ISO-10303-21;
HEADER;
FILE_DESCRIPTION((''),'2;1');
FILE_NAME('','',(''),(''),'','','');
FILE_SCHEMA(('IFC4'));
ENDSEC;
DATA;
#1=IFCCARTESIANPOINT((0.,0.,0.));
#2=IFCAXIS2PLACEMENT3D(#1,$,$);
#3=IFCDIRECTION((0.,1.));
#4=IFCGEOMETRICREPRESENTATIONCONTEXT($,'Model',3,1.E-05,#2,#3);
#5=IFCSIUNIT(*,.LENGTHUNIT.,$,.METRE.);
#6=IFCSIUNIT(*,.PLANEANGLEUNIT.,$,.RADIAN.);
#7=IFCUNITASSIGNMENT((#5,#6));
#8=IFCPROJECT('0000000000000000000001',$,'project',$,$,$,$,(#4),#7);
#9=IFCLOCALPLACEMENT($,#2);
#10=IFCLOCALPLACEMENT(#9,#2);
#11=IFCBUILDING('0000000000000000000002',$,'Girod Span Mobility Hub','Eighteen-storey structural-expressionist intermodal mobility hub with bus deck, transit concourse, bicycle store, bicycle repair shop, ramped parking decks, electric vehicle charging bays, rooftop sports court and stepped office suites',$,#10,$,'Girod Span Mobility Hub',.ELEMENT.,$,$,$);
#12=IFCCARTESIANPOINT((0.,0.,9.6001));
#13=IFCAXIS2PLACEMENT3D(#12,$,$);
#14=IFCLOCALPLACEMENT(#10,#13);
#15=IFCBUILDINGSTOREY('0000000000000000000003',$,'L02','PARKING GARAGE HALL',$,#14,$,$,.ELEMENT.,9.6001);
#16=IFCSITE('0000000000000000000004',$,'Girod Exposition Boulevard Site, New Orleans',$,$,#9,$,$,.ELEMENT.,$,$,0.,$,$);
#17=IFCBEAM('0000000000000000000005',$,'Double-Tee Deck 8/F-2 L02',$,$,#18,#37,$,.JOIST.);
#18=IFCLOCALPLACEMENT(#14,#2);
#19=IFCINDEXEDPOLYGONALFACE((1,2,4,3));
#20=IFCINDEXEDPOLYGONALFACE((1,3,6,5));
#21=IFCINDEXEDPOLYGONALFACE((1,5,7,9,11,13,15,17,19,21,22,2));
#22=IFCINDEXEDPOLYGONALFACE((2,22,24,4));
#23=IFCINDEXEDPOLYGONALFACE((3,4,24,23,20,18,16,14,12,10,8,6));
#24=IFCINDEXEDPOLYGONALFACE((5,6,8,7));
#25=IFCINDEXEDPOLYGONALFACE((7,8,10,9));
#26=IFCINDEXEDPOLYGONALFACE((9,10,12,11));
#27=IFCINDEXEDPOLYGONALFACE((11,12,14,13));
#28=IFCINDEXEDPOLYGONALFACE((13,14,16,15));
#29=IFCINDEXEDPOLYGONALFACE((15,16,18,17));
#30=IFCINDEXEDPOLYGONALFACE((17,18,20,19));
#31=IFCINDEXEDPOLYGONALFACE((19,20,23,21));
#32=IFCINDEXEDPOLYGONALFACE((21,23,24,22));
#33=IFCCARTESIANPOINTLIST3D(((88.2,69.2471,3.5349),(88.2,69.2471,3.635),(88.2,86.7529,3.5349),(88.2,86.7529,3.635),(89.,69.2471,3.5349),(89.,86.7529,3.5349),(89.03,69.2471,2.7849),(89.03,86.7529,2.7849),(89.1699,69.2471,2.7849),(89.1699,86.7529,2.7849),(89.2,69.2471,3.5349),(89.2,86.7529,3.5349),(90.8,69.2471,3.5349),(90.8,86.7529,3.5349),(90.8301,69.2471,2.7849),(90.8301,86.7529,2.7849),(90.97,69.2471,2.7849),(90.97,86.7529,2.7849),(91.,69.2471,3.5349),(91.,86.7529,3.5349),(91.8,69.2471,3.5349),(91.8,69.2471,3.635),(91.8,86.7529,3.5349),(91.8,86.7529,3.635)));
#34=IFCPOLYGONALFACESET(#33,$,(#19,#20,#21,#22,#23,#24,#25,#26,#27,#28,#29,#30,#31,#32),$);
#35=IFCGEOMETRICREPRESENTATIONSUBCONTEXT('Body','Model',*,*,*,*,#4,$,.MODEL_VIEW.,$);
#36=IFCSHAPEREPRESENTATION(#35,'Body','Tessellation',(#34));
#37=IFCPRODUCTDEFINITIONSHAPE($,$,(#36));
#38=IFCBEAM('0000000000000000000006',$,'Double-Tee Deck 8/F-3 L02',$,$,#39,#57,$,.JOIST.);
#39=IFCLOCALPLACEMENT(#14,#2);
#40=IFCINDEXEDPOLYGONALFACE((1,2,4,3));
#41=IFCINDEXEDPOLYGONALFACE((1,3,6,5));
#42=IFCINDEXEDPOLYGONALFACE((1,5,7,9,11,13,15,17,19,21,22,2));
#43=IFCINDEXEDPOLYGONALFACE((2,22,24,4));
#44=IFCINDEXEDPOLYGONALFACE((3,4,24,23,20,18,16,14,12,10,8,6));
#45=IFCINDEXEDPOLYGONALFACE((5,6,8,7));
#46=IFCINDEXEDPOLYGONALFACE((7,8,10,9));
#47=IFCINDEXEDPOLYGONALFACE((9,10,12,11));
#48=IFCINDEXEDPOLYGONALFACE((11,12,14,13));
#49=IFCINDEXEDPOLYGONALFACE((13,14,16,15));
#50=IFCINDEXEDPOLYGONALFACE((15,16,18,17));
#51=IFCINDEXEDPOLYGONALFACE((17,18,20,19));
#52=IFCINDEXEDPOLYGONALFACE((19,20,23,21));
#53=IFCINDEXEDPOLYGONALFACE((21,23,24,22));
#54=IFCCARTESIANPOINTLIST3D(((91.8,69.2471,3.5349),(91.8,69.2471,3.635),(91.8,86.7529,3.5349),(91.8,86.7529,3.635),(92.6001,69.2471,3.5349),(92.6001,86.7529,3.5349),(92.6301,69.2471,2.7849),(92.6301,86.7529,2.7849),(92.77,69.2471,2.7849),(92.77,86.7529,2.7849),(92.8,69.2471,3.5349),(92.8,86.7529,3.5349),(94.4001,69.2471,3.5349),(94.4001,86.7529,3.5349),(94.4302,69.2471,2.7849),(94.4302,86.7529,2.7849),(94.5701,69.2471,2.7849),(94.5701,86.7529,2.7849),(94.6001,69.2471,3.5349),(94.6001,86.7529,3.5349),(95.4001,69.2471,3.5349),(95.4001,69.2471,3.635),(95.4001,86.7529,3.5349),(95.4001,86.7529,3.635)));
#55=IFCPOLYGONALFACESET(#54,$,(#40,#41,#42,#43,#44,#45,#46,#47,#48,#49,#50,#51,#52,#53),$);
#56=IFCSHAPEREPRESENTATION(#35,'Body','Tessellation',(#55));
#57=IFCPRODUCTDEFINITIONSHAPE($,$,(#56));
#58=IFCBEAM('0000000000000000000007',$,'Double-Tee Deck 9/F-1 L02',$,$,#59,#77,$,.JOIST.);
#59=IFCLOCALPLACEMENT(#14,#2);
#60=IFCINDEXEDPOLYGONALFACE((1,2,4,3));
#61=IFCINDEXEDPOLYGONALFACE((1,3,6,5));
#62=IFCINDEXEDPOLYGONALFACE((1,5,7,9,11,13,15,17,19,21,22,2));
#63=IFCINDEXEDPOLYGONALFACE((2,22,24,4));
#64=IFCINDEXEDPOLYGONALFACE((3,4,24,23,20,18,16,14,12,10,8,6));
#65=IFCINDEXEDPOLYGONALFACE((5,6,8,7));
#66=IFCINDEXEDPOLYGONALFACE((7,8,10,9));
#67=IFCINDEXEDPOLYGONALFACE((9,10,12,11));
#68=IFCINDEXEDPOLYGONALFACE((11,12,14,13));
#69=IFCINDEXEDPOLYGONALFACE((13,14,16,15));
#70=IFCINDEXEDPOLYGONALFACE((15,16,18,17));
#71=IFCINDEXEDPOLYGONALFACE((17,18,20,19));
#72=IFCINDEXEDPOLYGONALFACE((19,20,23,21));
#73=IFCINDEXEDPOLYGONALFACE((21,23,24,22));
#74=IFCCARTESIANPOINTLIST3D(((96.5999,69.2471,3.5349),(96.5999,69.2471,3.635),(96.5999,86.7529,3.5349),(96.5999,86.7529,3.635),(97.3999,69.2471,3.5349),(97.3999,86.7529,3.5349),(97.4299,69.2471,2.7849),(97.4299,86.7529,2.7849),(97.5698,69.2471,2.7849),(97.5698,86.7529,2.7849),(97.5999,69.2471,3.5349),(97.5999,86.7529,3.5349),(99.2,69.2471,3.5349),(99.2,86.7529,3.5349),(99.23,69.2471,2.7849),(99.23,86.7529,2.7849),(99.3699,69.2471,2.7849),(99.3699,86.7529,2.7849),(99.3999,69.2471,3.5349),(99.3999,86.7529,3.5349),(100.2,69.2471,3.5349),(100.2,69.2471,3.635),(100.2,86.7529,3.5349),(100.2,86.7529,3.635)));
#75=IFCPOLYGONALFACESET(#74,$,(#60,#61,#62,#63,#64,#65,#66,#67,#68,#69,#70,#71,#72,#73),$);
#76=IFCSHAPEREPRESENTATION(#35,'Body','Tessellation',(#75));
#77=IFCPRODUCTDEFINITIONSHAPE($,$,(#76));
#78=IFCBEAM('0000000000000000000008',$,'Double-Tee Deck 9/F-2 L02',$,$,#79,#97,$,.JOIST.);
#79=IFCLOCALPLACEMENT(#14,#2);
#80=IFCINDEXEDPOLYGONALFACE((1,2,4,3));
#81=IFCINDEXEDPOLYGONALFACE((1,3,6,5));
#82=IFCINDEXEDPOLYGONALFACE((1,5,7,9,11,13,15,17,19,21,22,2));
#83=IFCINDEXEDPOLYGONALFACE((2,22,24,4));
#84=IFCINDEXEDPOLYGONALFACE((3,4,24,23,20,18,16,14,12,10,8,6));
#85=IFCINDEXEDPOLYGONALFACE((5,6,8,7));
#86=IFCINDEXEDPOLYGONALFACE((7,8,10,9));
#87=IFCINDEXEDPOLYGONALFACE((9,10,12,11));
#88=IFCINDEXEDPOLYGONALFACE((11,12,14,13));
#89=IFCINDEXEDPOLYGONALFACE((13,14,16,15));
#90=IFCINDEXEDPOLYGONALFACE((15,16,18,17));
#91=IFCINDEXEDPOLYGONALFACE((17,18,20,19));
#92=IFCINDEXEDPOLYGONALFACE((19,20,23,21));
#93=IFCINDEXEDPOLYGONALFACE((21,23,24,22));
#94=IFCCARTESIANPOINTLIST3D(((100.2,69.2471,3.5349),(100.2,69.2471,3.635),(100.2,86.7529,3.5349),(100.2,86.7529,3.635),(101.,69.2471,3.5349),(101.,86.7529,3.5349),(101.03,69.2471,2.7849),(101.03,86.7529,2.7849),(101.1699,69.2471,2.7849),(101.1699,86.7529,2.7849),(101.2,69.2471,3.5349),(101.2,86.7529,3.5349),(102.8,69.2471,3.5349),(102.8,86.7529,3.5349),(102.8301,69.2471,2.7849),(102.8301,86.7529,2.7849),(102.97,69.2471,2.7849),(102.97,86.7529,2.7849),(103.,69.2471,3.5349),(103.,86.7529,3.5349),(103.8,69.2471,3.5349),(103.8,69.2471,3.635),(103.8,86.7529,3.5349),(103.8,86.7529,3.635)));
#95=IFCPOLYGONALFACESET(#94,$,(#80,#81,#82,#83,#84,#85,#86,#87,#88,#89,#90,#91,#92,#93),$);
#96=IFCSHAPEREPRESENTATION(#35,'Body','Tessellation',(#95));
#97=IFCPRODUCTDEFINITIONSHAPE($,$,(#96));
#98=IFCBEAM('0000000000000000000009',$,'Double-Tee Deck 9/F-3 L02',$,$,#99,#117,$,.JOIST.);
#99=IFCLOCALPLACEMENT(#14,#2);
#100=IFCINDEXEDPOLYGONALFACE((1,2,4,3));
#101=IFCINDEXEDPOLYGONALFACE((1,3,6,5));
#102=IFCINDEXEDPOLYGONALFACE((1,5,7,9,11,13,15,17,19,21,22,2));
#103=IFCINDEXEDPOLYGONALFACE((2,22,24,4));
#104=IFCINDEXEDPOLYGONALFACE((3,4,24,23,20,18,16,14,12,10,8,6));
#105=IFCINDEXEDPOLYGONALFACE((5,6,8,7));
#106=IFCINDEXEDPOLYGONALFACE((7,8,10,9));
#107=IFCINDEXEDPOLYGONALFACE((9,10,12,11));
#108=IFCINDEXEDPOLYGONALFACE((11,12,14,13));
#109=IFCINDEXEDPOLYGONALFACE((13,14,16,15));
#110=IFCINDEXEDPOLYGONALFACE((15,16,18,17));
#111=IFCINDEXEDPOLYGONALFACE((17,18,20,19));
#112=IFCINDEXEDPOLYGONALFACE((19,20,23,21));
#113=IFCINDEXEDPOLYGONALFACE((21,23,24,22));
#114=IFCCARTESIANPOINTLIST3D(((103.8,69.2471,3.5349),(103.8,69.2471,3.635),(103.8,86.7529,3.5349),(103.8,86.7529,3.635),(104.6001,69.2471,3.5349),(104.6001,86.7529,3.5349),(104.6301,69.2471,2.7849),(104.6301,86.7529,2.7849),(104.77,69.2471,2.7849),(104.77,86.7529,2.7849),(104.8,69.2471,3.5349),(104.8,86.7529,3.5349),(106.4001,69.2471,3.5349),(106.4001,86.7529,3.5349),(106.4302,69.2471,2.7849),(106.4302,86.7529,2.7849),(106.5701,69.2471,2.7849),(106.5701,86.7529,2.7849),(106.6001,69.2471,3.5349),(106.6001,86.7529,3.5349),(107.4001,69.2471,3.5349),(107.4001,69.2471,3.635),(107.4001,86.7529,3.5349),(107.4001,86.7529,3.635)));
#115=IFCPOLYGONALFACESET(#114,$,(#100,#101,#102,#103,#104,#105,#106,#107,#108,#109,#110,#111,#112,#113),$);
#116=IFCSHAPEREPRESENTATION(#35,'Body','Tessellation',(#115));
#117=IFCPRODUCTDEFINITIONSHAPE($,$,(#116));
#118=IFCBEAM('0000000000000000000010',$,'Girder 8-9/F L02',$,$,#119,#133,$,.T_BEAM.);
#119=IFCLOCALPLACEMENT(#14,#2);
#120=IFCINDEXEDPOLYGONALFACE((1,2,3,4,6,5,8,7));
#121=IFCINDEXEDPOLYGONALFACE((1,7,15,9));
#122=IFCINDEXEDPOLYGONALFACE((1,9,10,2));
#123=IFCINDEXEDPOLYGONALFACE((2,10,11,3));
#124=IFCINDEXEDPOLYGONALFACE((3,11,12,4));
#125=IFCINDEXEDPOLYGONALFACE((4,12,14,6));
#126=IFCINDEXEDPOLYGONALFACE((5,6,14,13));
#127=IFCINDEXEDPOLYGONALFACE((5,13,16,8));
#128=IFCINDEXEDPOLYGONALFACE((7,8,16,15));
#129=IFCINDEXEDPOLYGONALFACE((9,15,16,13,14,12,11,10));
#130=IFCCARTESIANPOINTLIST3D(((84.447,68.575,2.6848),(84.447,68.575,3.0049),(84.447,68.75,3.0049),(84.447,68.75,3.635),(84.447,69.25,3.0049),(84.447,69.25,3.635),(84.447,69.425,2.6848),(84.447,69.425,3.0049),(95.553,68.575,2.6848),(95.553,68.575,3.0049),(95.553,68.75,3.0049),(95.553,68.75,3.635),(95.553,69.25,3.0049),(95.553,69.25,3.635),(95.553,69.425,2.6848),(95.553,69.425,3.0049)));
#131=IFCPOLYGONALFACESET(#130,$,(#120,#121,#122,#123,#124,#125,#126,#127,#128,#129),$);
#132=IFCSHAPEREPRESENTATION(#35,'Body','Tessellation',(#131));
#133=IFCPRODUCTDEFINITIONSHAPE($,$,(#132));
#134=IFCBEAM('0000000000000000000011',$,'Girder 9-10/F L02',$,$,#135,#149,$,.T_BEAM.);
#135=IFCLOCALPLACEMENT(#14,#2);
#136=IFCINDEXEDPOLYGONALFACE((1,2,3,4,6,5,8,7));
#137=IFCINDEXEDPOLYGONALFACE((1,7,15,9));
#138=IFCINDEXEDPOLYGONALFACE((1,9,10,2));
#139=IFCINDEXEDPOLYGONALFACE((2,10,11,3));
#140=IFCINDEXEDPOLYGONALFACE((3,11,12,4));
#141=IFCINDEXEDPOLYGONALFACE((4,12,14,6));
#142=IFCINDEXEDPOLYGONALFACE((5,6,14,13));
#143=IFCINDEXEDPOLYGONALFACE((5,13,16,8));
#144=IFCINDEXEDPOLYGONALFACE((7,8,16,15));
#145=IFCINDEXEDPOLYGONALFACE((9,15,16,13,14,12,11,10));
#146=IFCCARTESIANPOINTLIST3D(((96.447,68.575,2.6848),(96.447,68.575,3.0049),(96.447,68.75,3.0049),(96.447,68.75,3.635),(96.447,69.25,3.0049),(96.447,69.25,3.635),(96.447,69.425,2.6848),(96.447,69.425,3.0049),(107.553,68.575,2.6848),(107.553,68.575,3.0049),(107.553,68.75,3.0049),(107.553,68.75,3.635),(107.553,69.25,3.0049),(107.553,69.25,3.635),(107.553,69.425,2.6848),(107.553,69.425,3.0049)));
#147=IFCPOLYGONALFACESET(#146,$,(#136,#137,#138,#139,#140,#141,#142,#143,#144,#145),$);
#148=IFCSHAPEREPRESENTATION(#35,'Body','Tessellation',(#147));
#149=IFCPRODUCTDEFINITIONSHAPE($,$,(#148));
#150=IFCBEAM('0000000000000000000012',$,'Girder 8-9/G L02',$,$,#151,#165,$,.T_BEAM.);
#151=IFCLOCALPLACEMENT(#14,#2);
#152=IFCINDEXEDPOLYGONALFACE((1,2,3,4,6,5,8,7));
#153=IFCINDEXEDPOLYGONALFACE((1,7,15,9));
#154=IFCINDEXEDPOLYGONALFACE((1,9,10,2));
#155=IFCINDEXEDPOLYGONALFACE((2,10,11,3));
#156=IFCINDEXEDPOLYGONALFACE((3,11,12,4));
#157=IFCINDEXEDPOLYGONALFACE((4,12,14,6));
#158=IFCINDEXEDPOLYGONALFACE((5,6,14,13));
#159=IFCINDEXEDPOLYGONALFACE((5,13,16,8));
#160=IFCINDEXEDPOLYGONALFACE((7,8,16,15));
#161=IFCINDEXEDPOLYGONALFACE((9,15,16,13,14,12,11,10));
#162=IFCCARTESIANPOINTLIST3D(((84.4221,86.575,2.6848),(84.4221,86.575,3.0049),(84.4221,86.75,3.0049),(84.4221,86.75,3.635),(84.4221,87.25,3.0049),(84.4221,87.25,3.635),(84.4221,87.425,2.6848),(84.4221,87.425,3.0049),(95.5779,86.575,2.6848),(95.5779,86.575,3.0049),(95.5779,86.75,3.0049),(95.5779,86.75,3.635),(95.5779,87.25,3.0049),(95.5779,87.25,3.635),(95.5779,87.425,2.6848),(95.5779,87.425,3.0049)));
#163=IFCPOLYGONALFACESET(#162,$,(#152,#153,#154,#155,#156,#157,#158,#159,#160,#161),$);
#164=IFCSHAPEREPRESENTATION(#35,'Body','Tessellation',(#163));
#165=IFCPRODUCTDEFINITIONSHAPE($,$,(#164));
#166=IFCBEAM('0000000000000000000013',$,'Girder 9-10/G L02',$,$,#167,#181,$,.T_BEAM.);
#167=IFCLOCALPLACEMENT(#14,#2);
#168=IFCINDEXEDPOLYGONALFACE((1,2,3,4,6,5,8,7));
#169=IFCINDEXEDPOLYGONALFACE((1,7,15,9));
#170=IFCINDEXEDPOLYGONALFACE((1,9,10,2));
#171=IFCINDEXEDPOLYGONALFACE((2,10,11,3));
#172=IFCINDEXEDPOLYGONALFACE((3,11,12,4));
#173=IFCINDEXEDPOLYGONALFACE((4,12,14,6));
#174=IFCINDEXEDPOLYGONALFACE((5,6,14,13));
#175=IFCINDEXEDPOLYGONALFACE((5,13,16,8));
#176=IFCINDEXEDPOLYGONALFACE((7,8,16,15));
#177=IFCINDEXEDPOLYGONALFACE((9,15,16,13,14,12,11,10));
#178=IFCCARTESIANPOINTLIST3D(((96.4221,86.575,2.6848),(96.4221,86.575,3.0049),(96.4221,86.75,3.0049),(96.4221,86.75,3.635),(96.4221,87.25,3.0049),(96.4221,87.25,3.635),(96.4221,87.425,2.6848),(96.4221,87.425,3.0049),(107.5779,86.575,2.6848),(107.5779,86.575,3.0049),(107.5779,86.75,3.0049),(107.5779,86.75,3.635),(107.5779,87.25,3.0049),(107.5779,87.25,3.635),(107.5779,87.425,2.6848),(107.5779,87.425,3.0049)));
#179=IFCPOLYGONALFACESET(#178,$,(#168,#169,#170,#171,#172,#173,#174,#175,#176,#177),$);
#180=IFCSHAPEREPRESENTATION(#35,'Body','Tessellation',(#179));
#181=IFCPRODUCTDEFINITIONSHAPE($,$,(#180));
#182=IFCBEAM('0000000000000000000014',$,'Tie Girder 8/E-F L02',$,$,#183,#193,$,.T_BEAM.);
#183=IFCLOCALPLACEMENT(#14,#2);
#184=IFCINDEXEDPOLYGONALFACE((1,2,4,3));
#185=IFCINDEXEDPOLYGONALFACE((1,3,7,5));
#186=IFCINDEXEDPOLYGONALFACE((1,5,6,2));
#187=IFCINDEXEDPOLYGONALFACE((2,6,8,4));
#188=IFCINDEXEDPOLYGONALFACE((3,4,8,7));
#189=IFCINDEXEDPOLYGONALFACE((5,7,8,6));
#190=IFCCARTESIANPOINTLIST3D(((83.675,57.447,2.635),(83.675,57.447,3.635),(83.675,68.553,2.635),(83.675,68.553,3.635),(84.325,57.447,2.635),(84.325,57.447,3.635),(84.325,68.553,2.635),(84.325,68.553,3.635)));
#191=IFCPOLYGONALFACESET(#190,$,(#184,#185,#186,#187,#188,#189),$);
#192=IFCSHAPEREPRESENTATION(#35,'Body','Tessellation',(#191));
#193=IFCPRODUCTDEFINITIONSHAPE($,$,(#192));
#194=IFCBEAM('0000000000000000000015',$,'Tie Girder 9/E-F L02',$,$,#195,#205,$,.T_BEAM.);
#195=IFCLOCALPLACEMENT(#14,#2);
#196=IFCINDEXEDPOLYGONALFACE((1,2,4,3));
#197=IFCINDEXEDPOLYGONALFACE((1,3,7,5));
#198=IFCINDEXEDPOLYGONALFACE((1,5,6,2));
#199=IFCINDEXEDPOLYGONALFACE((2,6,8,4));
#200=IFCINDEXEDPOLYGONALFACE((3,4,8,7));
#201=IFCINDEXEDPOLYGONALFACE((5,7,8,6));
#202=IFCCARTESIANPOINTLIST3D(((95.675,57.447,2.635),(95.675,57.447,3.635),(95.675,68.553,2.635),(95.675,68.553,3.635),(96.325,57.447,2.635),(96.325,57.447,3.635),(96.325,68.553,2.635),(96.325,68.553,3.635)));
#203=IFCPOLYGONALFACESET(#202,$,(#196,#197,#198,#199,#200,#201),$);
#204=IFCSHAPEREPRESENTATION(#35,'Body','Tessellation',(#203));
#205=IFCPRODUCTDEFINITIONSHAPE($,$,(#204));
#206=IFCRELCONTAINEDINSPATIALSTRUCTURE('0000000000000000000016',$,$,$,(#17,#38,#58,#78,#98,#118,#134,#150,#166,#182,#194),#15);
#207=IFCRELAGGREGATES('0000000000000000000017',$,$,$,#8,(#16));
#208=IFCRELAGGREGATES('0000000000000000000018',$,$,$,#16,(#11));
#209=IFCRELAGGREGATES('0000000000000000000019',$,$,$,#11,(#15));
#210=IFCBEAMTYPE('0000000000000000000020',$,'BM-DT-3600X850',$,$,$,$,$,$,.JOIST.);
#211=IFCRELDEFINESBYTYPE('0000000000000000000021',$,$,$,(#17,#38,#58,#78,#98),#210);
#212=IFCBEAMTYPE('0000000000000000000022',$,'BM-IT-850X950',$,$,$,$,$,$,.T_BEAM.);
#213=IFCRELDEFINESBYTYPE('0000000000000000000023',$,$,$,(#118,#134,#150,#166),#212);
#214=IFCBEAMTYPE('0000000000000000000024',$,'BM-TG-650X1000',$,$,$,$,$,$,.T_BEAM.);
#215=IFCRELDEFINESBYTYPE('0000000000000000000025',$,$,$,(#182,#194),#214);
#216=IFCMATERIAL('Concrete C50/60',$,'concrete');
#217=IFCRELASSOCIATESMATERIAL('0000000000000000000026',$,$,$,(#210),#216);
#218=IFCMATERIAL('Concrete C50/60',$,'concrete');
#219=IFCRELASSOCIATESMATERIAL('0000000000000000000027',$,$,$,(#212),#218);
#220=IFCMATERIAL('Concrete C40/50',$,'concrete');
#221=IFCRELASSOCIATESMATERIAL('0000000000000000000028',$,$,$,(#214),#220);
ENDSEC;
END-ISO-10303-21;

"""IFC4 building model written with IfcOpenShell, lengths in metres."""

from ifc_helpers import new_model, si_unit, direction, frame, origin, origin_2d, place, context, subcontext, project, spatial, polyline, rectangle, outline, extrude, material, material_profile, profile_set, type_object, element, save


model = new_model("IFC4")

# Units and contexts
model_context = context("Model", 3, precision=1e-05, world=origin(), true_north=direction((0.0, 1.0)))
body_context = subcontext(model_context, "Body", "Model", "MODEL_VIEW")
ifc_project = project(units=[si_unit("LENGTHUNIT", "METRE"), si_unit("PLANEANGLEUNIT", "RADIAN")], contexts=[model_context])

# Site, building, storey
site_placement = place(None, origin())
site = spatial("IfcSite", under=ifc_project, at=site_placement, Name="Girod Exposition Boulevard Site, New Orleans", CompositionType="ELEMENT", RefElevation=0.0)
building_placement = place(site_placement, origin())
building = spatial("IfcBuilding", under=site, at=building_placement, Name="Girod Span Mobility Hub", Description="Eighteen-storey structural-expressionist intermodal mobility hub with bus deck, transit concourse, bicycle store, bicycle repair shop, ramped parking decks, electric vehicle charging bays, rooftop sports court and stepped office suites", LongName="Girod Span Mobility Hub", CompositionType="ELEMENT")
storey_placement = place(building_placement, frame((0.0, 0.0, 9.6001)))
storey = spatial("IfcBuildingStorey", under=building, at=storey_placement, Name="L02", Description="PARKING GARAGE HALL", CompositionType="ELEMENT", Elevation=9.6001)

# Beams
ifc_material_1 = material(Name="Concrete C50/60", Category="concrete")
ifc_material_profile_1 = material_profile(ifc_material_1, outline(polyline([(-1.8, 0.425), (-1.8, 0.325), (-1.0, 0.325), (-0.97, -0.425), (-0.8301, -0.425), (-0.8, 0.325), (0.8, 0.325), (0.8301, -0.425), (0.97, -0.425), (1.0, 0.325), (1.8, 0.325), (1.8, 0.425), (-1.8, 0.425)])), Name="DT-3600X850")
ifc_profile_set_1 = profile_set([ifc_material_profile_1], Name="Concrete C50/60")
beam_type_1 = type_object("IfcBeamType", Name="BM-DT-3600X850", PredefinedType="JOIST", material=ifc_profile_set_1)
for number, where, z_axis, x_axis, name in (
    (1, (90.0, 69.2471, 3.21), (0.0, 1.0, 0.0), (-1.0, 0.0, 0.0), "Double-Tee Deck 8/F-2 L02"),
    (2, (93.6001, 69.2471, 3.21), (0.0, 1.0, 0.0), (-1.0, 0.0, 0.0), "Double-Tee Deck 8/F-3 L02"),
    (3, (98.3999, 69.2471, 3.21), (0.0, 1.0, 0.0), (-1.0, 0.0, 0.0), "Double-Tee Deck 9/F-1 L02"),
    (4, (102.0, 69.2471, 3.21), (0.0, 1.0, 0.0), (-1.0, 0.0, 0.0), "Double-Tee Deck 9/F-2 L02"),
    (5, (105.6001, 69.2471, 3.21), (0.0, 1.0, 0.0), (-1.0, 0.0, 0.0), "Double-Tee Deck 9/F-3 L02"),
):
    element("IfcBeam", number, at=place(storey_placement, frame(where, z_axis=z_axis, x_axis=x_axis)), inside=storey, type_object=beam_type_1, Name=name, PredefinedType="JOIST", context=body_context, shape_type="SweptSolid", body=[
        extrude(outline(polyline([(-1.8, 0.425), (-1.8, 0.325), (-1.0, 0.325), (-0.97, -0.425), (-0.8301, -0.425), (-0.8, 0.325), (0.8, 0.325), (0.8301, -0.425), (0.97, -0.425), (1.0, 0.325), (1.8, 0.325), (1.8, 0.425), (-1.8, 0.425)])), origin(), (0.0, 0.0, 1.0), 17.5059),
    ])
ifc_material_2 = material(Name="Concrete C50/60", Category="concrete")
ifc_material_profile_2 = material_profile(ifc_material_2, outline(polyline([(-0.425, -0.4751), (0.425, -0.4751), (0.425, -0.155), (0.25, -0.155), (0.25, 0.4751), (-0.25, 0.4751), (-0.25, -0.155), (-0.425, -0.155), (-0.425, -0.4751)])), Name="IT-850X950")
ifc_profile_set_2 = profile_set([ifc_material_profile_2], Name="Concrete C50/60")
beam_type_2 = type_object("IfcBeamType", Name="BM-IT-850X950", PredefinedType="T_BEAM", material=ifc_profile_set_2)
for number, where, z_axis, x_axis, name in (
    (6, (84.447, 69.0, 3.1599), (1.0, 0.0, 0.0), (0.0, 1.0, 0.0), "Girder 8-9/F L02"),
    (7, (96.447, 69.0, 3.1599), (1.0, 0.0, 0.0), (0.0, 1.0, 0.0), "Girder 9-10/F L02"),
):
    element("IfcBeam", number, at=place(storey_placement, frame(where, z_axis=z_axis, x_axis=x_axis)), inside=storey, type_object=beam_type_2, Name=name, PredefinedType="T_BEAM", context=body_context, shape_type="SweptSolid", body=[
        extrude(outline(polyline([(-0.425, -0.4751), (0.425, -0.4751), (0.425, -0.155), (0.25, -0.155), (0.25, 0.4751), (-0.25, 0.4751), (-0.25, -0.155), (-0.425, -0.155), (-0.425, -0.4751)])), origin(), (0.0, 0.0, 1.0), 11.106),
    ])
for number, where, z_axis, x_axis, name in (
    (8, (84.4221, 87.0, 3.1599), (1.0, 0.0, 0.0), (0.0, 1.0, 0.0), "Girder 8-9/G L02"),
    (9, (96.4221, 87.0, 3.1599), (1.0, 0.0, 0.0), (0.0, 1.0, 0.0), "Girder 9-10/G L02"),
):
    element("IfcBeam", number, at=place(storey_placement, frame(where, z_axis=z_axis, x_axis=x_axis)), inside=storey, type_object=beam_type_2, Name=name, PredefinedType="T_BEAM", context=body_context, shape_type="SweptSolid", body=[
        extrude(outline(polyline([(-0.425, -0.4751), (0.425, -0.4751), (0.425, -0.155), (0.25, -0.155), (0.25, 0.4751), (-0.25, 0.4751), (-0.25, -0.155), (-0.425, -0.155), (-0.425, -0.4751)])), origin(), (0.0, 0.0, 1.0), 11.1558),
    ])
ifc_material_3 = material(Name="Concrete C40/50", Category="concrete")
ifc_material_profile_3 = material_profile(ifc_material_3, rectangle(XDim=0.6499, YDim=1.0, at=origin_2d()), Name="TG-650X1000")
ifc_profile_set_3 = profile_set([ifc_material_profile_3], Name="Concrete C40/50")
beam_type_3 = type_object("IfcBeamType", Name="BM-TG-650X1000", PredefinedType="T_BEAM", material=ifc_profile_set_3)
for number, where, z_axis, x_axis, name in (
    (10, (84.0, 57.447, 3.135), (0.0, 1.0, 0.0), (-1.0, 0.0, 0.0), "Tie Girder 8/E-F L02"),
    (11, (96.0, 57.447, 3.135), (0.0, 1.0, 0.0), (-1.0, 0.0, 0.0), "Tie Girder 9/E-F L02"),
):
    element("IfcBeam", number, at=place(storey_placement, frame(where, z_axis=z_axis, x_axis=x_axis)), inside=storey, type_object=beam_type_3, Name=name, PredefinedType="T_BEAM", context=body_context, shape_type="SweptSolid", body=[
        extrude(rectangle(XDim=0.6499, YDim=1.0, at=origin_2d()), origin(), (0.0, 0.0, 1.0), 11.106),
    ])

save(model, "model.ifc")
